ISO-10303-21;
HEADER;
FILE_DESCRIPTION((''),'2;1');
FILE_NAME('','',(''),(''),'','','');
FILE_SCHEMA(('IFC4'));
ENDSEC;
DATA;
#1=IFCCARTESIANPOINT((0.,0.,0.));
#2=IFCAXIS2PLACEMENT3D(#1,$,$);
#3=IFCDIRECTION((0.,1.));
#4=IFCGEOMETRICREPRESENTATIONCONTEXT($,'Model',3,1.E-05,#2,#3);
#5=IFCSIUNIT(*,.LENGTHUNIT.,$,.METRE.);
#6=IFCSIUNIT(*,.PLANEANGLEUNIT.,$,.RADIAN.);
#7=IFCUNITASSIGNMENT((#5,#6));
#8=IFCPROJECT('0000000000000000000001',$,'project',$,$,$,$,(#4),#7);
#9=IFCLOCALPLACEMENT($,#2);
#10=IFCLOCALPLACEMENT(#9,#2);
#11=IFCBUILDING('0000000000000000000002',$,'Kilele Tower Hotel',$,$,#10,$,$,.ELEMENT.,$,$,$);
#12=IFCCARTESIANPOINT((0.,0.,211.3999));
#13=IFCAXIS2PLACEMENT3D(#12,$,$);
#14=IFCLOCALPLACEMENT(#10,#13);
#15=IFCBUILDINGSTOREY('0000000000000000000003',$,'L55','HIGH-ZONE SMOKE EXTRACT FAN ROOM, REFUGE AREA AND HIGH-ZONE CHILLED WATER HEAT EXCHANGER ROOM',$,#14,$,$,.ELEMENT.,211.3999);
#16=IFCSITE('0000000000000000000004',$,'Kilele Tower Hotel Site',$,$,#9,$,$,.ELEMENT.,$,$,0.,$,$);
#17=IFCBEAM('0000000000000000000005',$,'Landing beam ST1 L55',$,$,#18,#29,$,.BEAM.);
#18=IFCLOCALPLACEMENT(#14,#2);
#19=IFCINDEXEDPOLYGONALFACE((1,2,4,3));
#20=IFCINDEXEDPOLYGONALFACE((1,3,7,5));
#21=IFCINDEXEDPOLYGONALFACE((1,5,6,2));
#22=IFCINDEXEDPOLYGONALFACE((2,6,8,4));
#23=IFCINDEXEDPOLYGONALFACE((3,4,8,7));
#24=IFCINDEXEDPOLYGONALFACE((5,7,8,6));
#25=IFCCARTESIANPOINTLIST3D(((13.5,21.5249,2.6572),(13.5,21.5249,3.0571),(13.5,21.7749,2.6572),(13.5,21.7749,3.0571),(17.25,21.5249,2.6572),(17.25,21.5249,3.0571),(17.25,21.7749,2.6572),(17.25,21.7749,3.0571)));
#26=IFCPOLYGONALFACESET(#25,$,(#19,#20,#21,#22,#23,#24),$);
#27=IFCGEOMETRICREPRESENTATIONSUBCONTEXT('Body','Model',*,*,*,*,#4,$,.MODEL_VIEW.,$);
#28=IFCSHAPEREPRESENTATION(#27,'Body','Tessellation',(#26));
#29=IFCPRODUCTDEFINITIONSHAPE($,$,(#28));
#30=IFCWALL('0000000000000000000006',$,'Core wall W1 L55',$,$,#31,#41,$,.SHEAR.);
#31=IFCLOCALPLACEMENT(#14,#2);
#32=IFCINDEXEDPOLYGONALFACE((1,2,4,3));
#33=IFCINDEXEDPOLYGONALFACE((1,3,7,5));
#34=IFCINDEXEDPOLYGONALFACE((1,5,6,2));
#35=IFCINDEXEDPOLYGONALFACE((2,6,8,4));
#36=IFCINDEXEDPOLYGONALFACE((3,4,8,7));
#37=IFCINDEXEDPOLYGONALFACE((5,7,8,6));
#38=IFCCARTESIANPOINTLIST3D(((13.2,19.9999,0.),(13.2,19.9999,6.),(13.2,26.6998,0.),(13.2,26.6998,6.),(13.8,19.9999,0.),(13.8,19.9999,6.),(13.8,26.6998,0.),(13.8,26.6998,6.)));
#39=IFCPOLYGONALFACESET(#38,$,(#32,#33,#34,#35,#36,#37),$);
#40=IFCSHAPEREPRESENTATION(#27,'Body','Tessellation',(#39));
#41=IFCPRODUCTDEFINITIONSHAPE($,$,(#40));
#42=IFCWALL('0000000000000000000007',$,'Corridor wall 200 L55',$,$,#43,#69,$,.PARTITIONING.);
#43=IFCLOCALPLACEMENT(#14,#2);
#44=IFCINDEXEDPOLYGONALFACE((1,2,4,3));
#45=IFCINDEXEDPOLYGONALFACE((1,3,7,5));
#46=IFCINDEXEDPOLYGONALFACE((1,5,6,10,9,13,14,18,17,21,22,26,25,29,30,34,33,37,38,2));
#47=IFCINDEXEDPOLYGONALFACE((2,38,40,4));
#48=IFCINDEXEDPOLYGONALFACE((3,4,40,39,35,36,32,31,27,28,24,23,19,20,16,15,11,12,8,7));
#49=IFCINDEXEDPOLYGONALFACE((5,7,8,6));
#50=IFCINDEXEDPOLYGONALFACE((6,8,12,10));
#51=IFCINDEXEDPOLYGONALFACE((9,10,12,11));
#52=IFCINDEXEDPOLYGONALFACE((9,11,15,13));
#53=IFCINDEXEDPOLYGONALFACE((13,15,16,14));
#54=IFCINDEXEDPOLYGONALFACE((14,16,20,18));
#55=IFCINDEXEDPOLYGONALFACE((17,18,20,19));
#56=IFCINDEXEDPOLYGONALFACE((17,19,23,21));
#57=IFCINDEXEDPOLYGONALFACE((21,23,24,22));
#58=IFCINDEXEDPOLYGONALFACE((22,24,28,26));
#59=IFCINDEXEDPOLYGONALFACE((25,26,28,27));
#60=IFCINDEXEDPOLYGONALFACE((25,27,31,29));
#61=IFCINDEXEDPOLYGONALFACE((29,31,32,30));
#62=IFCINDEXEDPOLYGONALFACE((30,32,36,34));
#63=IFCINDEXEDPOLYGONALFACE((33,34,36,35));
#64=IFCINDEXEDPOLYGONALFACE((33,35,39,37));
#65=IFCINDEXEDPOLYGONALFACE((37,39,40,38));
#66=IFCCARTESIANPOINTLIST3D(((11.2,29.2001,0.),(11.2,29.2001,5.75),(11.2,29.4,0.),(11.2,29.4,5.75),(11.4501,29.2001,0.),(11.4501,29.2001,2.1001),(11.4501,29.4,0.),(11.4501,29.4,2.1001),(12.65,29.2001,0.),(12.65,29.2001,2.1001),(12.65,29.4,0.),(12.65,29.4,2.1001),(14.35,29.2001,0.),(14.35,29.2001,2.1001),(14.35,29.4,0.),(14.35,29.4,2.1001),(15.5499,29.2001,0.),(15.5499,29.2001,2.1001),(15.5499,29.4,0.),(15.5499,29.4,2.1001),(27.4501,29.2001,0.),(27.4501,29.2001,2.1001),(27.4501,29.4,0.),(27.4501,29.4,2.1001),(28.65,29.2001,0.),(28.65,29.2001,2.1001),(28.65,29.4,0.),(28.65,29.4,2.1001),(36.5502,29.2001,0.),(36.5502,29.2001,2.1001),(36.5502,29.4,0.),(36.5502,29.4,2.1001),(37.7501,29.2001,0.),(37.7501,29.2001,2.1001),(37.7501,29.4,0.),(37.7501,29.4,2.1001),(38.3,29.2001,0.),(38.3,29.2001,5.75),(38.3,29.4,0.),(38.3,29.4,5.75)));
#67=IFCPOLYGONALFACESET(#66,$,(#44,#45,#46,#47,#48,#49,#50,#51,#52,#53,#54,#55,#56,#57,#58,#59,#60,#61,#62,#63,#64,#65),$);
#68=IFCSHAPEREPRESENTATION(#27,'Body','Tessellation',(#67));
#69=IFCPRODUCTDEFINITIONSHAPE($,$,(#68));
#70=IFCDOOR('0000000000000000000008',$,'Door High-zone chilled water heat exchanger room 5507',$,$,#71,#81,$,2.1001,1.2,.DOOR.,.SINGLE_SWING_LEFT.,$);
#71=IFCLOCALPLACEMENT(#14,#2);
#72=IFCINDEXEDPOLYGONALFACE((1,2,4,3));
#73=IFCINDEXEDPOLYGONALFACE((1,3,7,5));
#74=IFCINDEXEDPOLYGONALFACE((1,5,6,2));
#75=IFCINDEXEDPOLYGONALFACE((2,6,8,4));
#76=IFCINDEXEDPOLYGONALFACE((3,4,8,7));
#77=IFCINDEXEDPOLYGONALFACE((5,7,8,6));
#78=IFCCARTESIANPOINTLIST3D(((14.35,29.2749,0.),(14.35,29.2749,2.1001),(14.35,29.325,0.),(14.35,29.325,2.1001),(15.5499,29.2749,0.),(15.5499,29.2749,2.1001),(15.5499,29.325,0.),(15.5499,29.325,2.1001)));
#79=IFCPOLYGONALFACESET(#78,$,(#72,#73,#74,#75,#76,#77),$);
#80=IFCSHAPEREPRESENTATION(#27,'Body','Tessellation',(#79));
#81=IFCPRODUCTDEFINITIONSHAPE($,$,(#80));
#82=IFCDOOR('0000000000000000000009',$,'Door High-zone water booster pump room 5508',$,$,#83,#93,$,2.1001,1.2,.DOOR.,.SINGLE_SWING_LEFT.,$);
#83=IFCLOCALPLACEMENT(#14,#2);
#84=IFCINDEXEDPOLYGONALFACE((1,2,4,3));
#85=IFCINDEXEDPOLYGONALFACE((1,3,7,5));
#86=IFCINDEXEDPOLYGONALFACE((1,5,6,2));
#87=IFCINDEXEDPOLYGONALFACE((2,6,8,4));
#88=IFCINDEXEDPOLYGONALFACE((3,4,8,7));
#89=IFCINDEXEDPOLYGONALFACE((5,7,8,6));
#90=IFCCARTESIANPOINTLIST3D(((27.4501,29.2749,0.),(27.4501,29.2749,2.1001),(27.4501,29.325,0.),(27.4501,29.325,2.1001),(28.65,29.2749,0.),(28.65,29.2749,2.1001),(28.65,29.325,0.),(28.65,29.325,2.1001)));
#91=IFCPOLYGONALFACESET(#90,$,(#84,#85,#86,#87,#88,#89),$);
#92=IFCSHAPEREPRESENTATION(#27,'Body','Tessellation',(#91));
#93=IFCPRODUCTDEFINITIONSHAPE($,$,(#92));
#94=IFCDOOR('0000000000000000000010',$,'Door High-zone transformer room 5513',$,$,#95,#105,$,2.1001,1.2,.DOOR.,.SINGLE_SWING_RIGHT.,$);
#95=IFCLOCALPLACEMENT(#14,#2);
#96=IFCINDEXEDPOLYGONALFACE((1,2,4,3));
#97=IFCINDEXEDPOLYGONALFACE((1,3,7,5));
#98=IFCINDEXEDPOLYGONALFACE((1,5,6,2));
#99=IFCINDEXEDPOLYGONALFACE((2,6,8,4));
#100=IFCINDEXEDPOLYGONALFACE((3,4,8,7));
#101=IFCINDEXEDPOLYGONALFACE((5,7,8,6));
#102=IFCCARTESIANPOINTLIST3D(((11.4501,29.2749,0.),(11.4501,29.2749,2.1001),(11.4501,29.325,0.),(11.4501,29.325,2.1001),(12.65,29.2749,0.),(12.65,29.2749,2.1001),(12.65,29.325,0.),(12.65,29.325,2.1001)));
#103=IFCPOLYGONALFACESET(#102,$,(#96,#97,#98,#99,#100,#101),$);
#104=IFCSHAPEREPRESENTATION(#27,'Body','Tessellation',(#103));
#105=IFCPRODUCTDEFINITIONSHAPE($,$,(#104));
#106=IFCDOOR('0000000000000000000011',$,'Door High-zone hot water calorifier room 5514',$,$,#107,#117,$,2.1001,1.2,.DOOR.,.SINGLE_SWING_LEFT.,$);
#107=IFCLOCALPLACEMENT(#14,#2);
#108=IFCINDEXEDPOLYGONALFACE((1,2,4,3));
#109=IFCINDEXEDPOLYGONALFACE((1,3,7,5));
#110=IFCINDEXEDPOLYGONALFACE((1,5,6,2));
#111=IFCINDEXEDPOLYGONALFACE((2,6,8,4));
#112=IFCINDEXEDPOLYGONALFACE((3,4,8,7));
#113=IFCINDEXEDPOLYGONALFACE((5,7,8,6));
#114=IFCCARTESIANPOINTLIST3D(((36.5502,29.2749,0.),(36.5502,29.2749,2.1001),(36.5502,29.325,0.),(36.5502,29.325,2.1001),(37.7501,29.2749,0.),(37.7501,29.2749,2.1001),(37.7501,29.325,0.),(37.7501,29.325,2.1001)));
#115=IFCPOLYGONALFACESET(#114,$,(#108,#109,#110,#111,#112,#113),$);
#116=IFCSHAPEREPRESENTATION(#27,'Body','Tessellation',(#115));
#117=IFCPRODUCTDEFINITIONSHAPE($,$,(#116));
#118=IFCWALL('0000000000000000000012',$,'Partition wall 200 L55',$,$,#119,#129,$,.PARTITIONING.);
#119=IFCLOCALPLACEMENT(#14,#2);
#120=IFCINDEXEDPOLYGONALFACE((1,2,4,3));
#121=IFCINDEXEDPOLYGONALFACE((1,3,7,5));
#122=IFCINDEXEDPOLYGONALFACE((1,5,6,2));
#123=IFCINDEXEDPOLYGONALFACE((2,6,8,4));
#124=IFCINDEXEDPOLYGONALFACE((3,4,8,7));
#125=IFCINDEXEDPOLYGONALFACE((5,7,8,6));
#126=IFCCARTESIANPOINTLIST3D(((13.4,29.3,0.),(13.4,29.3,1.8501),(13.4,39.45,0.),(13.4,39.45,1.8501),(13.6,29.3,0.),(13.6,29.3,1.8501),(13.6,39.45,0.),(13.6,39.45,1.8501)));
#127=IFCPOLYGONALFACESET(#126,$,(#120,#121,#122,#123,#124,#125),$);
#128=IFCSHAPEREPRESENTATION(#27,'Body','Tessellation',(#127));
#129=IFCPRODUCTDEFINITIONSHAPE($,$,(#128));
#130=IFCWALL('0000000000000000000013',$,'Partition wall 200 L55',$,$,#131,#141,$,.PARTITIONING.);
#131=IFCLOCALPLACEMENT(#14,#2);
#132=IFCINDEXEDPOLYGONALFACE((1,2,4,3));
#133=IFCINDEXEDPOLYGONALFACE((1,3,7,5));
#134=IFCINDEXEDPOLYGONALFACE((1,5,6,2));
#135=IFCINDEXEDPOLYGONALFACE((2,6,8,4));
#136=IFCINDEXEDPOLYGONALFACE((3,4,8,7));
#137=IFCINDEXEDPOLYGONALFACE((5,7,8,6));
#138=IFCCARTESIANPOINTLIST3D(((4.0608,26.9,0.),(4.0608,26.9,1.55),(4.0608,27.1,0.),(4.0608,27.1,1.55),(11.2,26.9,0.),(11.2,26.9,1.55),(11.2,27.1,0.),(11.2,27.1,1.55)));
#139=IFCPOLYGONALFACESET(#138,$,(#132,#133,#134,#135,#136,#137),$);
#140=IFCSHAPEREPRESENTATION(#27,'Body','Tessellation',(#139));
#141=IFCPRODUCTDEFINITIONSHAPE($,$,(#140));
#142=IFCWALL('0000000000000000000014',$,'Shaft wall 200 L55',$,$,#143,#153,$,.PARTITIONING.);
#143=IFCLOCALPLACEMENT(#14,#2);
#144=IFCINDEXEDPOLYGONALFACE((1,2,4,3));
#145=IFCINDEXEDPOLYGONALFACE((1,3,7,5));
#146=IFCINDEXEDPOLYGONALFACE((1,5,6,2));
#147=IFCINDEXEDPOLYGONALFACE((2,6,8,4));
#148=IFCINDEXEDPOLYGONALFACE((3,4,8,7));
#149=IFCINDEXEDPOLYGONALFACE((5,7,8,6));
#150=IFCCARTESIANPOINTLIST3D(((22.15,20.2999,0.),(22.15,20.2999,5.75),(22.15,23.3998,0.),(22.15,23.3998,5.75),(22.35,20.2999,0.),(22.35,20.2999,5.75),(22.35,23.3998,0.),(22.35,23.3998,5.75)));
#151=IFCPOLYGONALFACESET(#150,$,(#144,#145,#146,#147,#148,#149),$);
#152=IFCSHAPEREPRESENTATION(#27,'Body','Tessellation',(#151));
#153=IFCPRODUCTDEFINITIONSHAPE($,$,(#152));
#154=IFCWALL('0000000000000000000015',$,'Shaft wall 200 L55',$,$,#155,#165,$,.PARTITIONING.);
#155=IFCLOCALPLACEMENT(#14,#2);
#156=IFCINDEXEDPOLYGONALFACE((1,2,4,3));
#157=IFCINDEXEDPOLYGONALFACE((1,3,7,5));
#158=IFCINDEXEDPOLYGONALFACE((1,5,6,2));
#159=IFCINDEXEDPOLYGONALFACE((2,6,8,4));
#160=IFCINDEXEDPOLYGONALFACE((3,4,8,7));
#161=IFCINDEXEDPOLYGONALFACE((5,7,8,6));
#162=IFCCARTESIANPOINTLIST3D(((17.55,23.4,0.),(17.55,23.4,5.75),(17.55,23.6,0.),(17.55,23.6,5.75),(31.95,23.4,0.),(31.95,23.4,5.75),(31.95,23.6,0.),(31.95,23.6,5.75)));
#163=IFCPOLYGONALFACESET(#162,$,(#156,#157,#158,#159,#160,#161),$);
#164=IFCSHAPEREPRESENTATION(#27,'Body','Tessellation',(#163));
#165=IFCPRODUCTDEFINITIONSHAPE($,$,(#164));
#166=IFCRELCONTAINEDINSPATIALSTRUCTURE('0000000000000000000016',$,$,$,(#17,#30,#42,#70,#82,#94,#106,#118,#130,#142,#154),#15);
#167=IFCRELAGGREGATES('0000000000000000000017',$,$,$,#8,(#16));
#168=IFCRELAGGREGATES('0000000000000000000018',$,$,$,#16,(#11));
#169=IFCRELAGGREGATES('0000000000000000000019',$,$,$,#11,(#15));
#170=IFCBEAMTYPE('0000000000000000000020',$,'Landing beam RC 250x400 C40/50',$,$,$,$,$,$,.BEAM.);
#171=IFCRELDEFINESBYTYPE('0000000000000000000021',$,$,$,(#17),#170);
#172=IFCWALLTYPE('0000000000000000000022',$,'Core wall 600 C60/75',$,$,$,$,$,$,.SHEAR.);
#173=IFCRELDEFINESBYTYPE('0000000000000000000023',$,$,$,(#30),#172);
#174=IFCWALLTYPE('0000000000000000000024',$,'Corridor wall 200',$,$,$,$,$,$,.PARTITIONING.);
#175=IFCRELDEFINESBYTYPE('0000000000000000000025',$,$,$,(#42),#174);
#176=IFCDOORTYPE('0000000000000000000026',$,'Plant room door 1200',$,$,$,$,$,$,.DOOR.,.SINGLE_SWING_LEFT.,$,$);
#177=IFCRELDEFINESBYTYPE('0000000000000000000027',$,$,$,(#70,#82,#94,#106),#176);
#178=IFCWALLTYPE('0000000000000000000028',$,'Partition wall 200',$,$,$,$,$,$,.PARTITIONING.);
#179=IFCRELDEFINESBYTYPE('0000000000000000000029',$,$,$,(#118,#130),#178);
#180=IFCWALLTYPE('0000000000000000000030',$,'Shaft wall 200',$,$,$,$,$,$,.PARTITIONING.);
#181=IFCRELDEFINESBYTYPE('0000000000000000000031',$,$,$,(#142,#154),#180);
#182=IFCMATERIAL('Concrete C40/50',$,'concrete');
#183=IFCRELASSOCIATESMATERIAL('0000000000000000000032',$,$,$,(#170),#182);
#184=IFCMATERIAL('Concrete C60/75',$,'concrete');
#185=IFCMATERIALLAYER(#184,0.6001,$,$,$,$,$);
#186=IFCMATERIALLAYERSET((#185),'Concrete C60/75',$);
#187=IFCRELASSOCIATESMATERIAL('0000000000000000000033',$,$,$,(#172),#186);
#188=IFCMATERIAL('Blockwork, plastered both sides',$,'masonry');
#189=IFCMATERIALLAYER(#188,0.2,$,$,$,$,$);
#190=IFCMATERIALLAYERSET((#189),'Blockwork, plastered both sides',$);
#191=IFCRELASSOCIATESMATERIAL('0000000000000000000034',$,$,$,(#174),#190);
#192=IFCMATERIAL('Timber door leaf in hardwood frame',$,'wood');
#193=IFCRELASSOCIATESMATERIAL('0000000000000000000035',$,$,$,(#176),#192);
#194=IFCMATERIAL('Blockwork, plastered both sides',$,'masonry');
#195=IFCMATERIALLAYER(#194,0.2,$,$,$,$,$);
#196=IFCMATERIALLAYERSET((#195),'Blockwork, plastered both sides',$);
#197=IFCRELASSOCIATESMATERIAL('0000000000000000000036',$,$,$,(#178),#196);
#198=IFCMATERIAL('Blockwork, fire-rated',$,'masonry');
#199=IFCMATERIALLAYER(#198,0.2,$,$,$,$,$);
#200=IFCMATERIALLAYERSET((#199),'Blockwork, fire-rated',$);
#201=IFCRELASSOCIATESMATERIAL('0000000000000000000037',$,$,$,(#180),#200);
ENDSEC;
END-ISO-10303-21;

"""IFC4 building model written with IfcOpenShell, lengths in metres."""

from ifc_helpers import new_model, si_unit, direction, frame, frame_2d, origin, origin_2d, place, context, subcontext, project, spatial, rectangle, extrude, material, layer, layer_set, material_profile, profile_set, type_object, element, fill, save


model = new_model("IFC4")

# Units and contexts
model_context = context("Model", 3, precision=1e-05, world=origin(), true_north=direction((0.0, 1.0)))
body_context = subcontext(model_context, "Body", "Model", "MODEL_VIEW")
ifc_project = project(units=[si_unit("LENGTHUNIT", "METRE"), si_unit("PLANEANGLEUNIT", "RADIAN")], contexts=[model_context])

# Site, building, storey
site_placement = place(None, origin())
site = spatial("IfcSite", under=ifc_project, at=site_placement, Name="Kilele Tower Hotel Site", CompositionType="ELEMENT", RefElevation=0.0)
building_placement = place(site_placement, origin())
building = spatial("IfcBuilding", under=site, at=building_placement, Name="Kilele Tower Hotel", CompositionType="ELEMENT")
storey_placement = place(building_placement, frame((0.0, 0.0, 211.3999)))
storey = spatial("IfcBuildingStorey", under=building, at=storey_placement, Name="L55", Description="HIGH-ZONE SMOKE EXTRACT FAN ROOM, REFUGE AREA AND HIGH-ZONE CHILLED WATER HEAT EXCHANGER ROOM", CompositionType="ELEMENT", Elevation=211.3999)

# Beam
ifc_material_1 = material(Name="Concrete C40/50", Category="concrete")
ifc_material_profile = material_profile(ifc_material_1, rectangle(XDim=0.25, YDim=0.3999, at=origin_2d()))
ifc_profile_set = profile_set([ifc_material_profile], Name="Concrete C40/50")
beam_type = type_object("IfcBeamType", Name="Landing beam RC 250x400 C40/50", PredefinedType="BEAM", material=ifc_profile_set)
beam_placement = place(storey_placement, frame((13.5, 21.6499, 2.8572), z_axis=(1.0, 0.0, 0.0), x_axis=(0.0, 1.0, 0.0)))
element("IfcBeam", 1, at=beam_placement, inside=storey, type_object=beam_type, Name="Landing beam ST1 L55", PredefinedType="BEAM", context=body_context, shape_type="SweptSolid", body=[
    extrude(rectangle(XDim=0.25, YDim=0.3999, at=origin_2d()), origin(), (0.0, 0.0, 1.0), 3.75),
])

# Wall
ifc_material_2 = material(Name="Concrete C60/75", Category="concrete")
ifc_layer_1 = layer(ifc_material_2, 0.6001)
ifc_layer_set_1 = layer_set([ifc_layer_1], Name="Concrete C60/75")
wall_type_1 = type_object("IfcWallType", Name="Core wall 600 C60/75", PredefinedType="SHEAR", material=ifc_layer_set_1)
wall_1_placement = place(storey_placement, frame((13.5, 26.7, 0.0), z_axis=(0.0, 0.0, 1.0), x_axis=(0.0, -1.0, 0.0)))
element("IfcWall", 2, at=wall_1_placement, inside=storey, type_object=wall_type_1, Name="Core wall W1 L55", PredefinedType="SHEAR", context=body_context, shape_type="SweptSolid", body=[
    extrude(rectangle(XDim=6.7, YDim=0.6001, at=frame_2d((3.3501, 0.0))), origin(), (0.0, 0.0, 1.0), 6.0),
])

# Wall, openings, doors
ifc_material_3 = material(Name="Blockwork, plastered both sides", Category="masonry")
ifc_layer_2 = layer(ifc_material_3, 0.2)
ifc_layer_set_2 = layer_set([ifc_layer_2], Name="Blockwork, plastered both sides")
wall_type_2 = type_object("IfcWallType", Name="Corridor wall 200", PredefinedType="PARTITIONING", material=ifc_layer_set_2)
wall_2_placement = place(storey_placement, frame((11.2, 29.3, 0.0), z_axis=(0.0, 0.0, 1.0), x_axis=(1.0, 0.0, 0.0)))
wall_2 = element("IfcWall", 3, at=wall_2_placement, inside=storey, type_object=wall_type_2, Name="Corridor wall 200 L55", PredefinedType="PARTITIONING", context=body_context, shape_type="SweptSolid", body=[
    extrude(rectangle(XDim=27.1001, YDim=0.2, at=frame_2d((13.55, 0.0))), origin(), (0.0, 0.0, 1.0), 5.75),
])
opening_1_placement = place(wall_2_placement, frame((3.1499, 0.0, 0.0)))
opening_1 = element("IfcOpeningElement", 4, at=opening_1_placement, cuts=wall_2, PredefinedType="OPENING", context=body_context, shape_type="SweptSolid", body=[
    extrude(rectangle(XDim=1.2, YDim=2.1001, at=frame_2d((0.6001, 1.05))), frame((0.0, 0.1099, 0.0), z_axis=(0.0, -1.0, 0.0), x_axis=(1.0, 0.0, 0.0)), (0.0, 0.0, 1.0), 0.22),
])
opening_2_placement = place(wall_2_placement, frame((16.25, 0.0, 0.0)))
opening_2 = element("IfcOpeningElement", 5, at=opening_2_placement, cuts=wall_2, PredefinedType="OPENING", context=body_context, shape_type="SweptSolid", body=[
    extrude(rectangle(XDim=1.2, YDim=2.1001, at=frame_2d((0.6001, 1.05))), frame((0.0, 0.1099, 0.0), z_axis=(0.0, -1.0, 0.0), x_axis=(1.0, 0.0, 0.0)), (0.0, 0.0, 1.0), 0.22),
])
opening_3_placement = place(wall_2_placement, frame((0.25, 0.0, 0.0)))
opening_3 = element("IfcOpeningElement", 6, at=opening_3_placement, cuts=wall_2, PredefinedType="OPENING", context=body_context, shape_type="SweptSolid", body=[
    extrude(rectangle(XDim=1.2, YDim=2.1001, at=frame_2d((0.6001, 1.05))), frame((0.0, 0.1099, 0.0), z_axis=(0.0, -1.0, 0.0), x_axis=(1.0, 0.0, 0.0)), (0.0, 0.0, 1.0), 0.22),
])
opening_4_placement = place(wall_2_placement, frame((25.3501, 0.0, 0.0)))
opening_4 = element("IfcOpeningElement", 7, at=opening_4_placement, cuts=wall_2, PredefinedType="OPENING", context=body_context, shape_type="SweptSolid", body=[
    extrude(rectangle(XDim=1.2, YDim=2.1001, at=frame_2d((0.6001, 1.05))), frame((0.0, 0.1099, 0.0), z_axis=(0.0, -1.0, 0.0), x_axis=(1.0, 0.0, 0.0)), (0.0, 0.0, 1.0), 0.22),
])
ifc_material_4 = material(Name="Timber door leaf in hardwood frame", Category="wood")
door_type = type_object("IfcDoorType", Name="Plant room door 1200", OperationType="SINGLE_SWING_LEFT", PredefinedType="DOOR", material=ifc_material_4)
door_1_placement = place(opening_1_placement, origin())
door_1 = element("IfcDoor", 8, at=door_1_placement, inside=storey, type_object=door_type, Name="Door High-zone chilled water heat exchanger room 5507", OperationType="SINGLE_SWING_LEFT", OverallHeight=2.1001, OverallWidth=1.2, PredefinedType="DOOR", context=body_context, shape_type="SweptSolid", body=[
    extrude(rectangle(XDim=1.2, YDim=2.1001, at=frame_2d((0.6001, 1.05))), frame((0.0, 0.0249, 0.0), z_axis=(0.0, -1.0, 0.0), x_axis=(1.0, 0.0, 0.0)), (0.0, 0.0, 1.0), 0.05),
])
fill(opening_1, door_1)
door_2_placement = place(opening_2_placement, origin())
door_2 = element("IfcDoor", 9, at=door_2_placement, inside=storey, type_object=door_type, Name="Door High-zone water booster pump room 5508", OperationType="SINGLE_SWING_LEFT", OverallHeight=2.1001, OverallWidth=1.2, PredefinedType="DOOR", context=body_context, shape_type="SweptSolid", body=[
    extrude(rectangle(XDim=1.2, YDim=2.1001, at=frame_2d((0.6001, 1.05))), frame((0.0, 0.0249, 0.0), z_axis=(0.0, -1.0, 0.0), x_axis=(1.0, 0.0, 0.0)), (0.0, 0.0, 1.0), 0.05),
])
fill(opening_2, door_2)
door_3_placement = place(opening_3_placement, origin())
door_3 = element("IfcDoor", 10, at=door_3_placement, inside=storey, type_object=door_type, Name="Door High-zone transformer room 5513", OperationType="SINGLE_SWING_RIGHT", OverallHeight=2.1001, OverallWidth=1.2, PredefinedType="DOOR", context=body_context, shape_type="SweptSolid", body=[
    extrude(rectangle(XDim=1.2, YDim=2.1001, at=frame_2d((0.6001, 1.05))), frame((0.0, 0.0249, 0.0), z_axis=(0.0, -1.0, 0.0), x_axis=(1.0, 0.0, 0.0)), (0.0, 0.0, 1.0), 0.05),
])
fill(opening_3, door_3)
door_4_placement = place(opening_4_placement, origin())
door_4 = element("IfcDoor", 11, at=door_4_placement, inside=storey, type_object=door_type, Name="Door High-zone hot water calorifier room 5514", OperationType="SINGLE_SWING_LEFT", OverallHeight=2.1001, OverallWidth=1.2, PredefinedType="DOOR", context=body_context, shape_type="SweptSolid", body=[
    extrude(rectangle(XDim=1.2, YDim=2.1001, at=frame_2d((0.6001, 1.05))), frame((0.0, 0.0249, 0.0), z_axis=(0.0, -1.0, 0.0), x_axis=(1.0, 0.0, 0.0)), (0.0, 0.0, 1.0), 0.05),
])
fill(opening_4, door_4)

# Walls
ifc_material_5 = material(Name="Blockwork, plastered both sides", Category="masonry")
ifc_layer_3 = layer(ifc_material_5, 0.2)
ifc_layer_set_3 = layer_set([ifc_layer_3], Name="Blockwork, plastered both sides")
wall_type_3 = type_object("IfcWallType", Name="Partition wall 200", PredefinedType="PARTITIONING", material=ifc_layer_set_3)
wall_3_placement = place(storey_placement, frame((13.5, 29.3, 0.0), z_axis=(0.0, 0.0, 1.0), x_axis=(0.0, 1.0, 0.0)))
element("IfcWall", 12, at=wall_3_placement, inside=storey, type_object=wall_type_3, Name="Partition wall 200 L55", PredefinedType="PARTITIONING", context=body_context, shape_type="SweptSolid", body=[
    extrude(rectangle(XDim=10.1499, YDim=0.2, at=frame_2d((5.075, 0.0))), origin(), (0.0, 0.0, 1.0), 1.8501),
])
wall_4_placement = place(storey_placement, frame((11.2, 27.0, 0.0), z_axis=(0.0, 0.0, 1.0), x_axis=(-1.0, 0.0, 0.0)))
element("IfcWall", 13, at=wall_4_placement, inside=storey, type_object=wall_type_3, Name="Partition wall 200 L55", PredefinedType="PARTITIONING", context=body_context, shape_type="SweptSolid", body=[
    extrude(rectangle(XDim=7.1392, YDim=0.2, at=frame_2d((3.5696, 0.0))), origin(), (0.0, 0.0, 1.0), 1.55),
])
ifc_material_6 = material(Name="Blockwork, fire-rated", Category="masonry")
ifc_layer_4 = layer(ifc_material_6, 0.2)
ifc_layer_set_4 = layer_set([ifc_layer_4], Name="Blockwork, fire-rated")
wall_type_4 = type_object("IfcWallType", Name="Shaft wall 200", PredefinedType="PARTITIONING", material=ifc_layer_set_4)
wall_5_placement = place(storey_placement, frame((22.25, 20.3, 0.0), z_axis=(0.0, 0.0, 1.0), x_axis=(0.0, 1.0, 0.0)))
element("IfcWall", 14, at=wall_5_placement, inside=storey, type_object=wall_type_4, Name="Shaft wall 200 L55", PredefinedType="PARTITIONING", context=body_context, shape_type="SweptSolid", body=[
    extrude(rectangle(XDim=3.0999, YDim=0.2, at=frame_2d((1.5498, 0.0))), origin(), (0.0, 0.0, 1.0), 5.75),
])
wall_6_placement = place(storey_placement, frame((17.55, 23.5, 0.0), z_axis=(0.0, 0.0, 1.0), x_axis=(1.0, 0.0, 0.0)))
element("IfcWall", 15, at=wall_6_placement, inside=storey, type_object=wall_type_4, Name="Shaft wall 200 L55", PredefinedType="PARTITIONING", context=body_context, shape_type="SweptSolid", body=[
    extrude(rectangle(XDim=14.3999, YDim=0.2, at=frame_2d((7.2, 0.0))), origin(), (0.0, 0.0, 1.0), 5.75),
])

save(model, "model.ifc")
